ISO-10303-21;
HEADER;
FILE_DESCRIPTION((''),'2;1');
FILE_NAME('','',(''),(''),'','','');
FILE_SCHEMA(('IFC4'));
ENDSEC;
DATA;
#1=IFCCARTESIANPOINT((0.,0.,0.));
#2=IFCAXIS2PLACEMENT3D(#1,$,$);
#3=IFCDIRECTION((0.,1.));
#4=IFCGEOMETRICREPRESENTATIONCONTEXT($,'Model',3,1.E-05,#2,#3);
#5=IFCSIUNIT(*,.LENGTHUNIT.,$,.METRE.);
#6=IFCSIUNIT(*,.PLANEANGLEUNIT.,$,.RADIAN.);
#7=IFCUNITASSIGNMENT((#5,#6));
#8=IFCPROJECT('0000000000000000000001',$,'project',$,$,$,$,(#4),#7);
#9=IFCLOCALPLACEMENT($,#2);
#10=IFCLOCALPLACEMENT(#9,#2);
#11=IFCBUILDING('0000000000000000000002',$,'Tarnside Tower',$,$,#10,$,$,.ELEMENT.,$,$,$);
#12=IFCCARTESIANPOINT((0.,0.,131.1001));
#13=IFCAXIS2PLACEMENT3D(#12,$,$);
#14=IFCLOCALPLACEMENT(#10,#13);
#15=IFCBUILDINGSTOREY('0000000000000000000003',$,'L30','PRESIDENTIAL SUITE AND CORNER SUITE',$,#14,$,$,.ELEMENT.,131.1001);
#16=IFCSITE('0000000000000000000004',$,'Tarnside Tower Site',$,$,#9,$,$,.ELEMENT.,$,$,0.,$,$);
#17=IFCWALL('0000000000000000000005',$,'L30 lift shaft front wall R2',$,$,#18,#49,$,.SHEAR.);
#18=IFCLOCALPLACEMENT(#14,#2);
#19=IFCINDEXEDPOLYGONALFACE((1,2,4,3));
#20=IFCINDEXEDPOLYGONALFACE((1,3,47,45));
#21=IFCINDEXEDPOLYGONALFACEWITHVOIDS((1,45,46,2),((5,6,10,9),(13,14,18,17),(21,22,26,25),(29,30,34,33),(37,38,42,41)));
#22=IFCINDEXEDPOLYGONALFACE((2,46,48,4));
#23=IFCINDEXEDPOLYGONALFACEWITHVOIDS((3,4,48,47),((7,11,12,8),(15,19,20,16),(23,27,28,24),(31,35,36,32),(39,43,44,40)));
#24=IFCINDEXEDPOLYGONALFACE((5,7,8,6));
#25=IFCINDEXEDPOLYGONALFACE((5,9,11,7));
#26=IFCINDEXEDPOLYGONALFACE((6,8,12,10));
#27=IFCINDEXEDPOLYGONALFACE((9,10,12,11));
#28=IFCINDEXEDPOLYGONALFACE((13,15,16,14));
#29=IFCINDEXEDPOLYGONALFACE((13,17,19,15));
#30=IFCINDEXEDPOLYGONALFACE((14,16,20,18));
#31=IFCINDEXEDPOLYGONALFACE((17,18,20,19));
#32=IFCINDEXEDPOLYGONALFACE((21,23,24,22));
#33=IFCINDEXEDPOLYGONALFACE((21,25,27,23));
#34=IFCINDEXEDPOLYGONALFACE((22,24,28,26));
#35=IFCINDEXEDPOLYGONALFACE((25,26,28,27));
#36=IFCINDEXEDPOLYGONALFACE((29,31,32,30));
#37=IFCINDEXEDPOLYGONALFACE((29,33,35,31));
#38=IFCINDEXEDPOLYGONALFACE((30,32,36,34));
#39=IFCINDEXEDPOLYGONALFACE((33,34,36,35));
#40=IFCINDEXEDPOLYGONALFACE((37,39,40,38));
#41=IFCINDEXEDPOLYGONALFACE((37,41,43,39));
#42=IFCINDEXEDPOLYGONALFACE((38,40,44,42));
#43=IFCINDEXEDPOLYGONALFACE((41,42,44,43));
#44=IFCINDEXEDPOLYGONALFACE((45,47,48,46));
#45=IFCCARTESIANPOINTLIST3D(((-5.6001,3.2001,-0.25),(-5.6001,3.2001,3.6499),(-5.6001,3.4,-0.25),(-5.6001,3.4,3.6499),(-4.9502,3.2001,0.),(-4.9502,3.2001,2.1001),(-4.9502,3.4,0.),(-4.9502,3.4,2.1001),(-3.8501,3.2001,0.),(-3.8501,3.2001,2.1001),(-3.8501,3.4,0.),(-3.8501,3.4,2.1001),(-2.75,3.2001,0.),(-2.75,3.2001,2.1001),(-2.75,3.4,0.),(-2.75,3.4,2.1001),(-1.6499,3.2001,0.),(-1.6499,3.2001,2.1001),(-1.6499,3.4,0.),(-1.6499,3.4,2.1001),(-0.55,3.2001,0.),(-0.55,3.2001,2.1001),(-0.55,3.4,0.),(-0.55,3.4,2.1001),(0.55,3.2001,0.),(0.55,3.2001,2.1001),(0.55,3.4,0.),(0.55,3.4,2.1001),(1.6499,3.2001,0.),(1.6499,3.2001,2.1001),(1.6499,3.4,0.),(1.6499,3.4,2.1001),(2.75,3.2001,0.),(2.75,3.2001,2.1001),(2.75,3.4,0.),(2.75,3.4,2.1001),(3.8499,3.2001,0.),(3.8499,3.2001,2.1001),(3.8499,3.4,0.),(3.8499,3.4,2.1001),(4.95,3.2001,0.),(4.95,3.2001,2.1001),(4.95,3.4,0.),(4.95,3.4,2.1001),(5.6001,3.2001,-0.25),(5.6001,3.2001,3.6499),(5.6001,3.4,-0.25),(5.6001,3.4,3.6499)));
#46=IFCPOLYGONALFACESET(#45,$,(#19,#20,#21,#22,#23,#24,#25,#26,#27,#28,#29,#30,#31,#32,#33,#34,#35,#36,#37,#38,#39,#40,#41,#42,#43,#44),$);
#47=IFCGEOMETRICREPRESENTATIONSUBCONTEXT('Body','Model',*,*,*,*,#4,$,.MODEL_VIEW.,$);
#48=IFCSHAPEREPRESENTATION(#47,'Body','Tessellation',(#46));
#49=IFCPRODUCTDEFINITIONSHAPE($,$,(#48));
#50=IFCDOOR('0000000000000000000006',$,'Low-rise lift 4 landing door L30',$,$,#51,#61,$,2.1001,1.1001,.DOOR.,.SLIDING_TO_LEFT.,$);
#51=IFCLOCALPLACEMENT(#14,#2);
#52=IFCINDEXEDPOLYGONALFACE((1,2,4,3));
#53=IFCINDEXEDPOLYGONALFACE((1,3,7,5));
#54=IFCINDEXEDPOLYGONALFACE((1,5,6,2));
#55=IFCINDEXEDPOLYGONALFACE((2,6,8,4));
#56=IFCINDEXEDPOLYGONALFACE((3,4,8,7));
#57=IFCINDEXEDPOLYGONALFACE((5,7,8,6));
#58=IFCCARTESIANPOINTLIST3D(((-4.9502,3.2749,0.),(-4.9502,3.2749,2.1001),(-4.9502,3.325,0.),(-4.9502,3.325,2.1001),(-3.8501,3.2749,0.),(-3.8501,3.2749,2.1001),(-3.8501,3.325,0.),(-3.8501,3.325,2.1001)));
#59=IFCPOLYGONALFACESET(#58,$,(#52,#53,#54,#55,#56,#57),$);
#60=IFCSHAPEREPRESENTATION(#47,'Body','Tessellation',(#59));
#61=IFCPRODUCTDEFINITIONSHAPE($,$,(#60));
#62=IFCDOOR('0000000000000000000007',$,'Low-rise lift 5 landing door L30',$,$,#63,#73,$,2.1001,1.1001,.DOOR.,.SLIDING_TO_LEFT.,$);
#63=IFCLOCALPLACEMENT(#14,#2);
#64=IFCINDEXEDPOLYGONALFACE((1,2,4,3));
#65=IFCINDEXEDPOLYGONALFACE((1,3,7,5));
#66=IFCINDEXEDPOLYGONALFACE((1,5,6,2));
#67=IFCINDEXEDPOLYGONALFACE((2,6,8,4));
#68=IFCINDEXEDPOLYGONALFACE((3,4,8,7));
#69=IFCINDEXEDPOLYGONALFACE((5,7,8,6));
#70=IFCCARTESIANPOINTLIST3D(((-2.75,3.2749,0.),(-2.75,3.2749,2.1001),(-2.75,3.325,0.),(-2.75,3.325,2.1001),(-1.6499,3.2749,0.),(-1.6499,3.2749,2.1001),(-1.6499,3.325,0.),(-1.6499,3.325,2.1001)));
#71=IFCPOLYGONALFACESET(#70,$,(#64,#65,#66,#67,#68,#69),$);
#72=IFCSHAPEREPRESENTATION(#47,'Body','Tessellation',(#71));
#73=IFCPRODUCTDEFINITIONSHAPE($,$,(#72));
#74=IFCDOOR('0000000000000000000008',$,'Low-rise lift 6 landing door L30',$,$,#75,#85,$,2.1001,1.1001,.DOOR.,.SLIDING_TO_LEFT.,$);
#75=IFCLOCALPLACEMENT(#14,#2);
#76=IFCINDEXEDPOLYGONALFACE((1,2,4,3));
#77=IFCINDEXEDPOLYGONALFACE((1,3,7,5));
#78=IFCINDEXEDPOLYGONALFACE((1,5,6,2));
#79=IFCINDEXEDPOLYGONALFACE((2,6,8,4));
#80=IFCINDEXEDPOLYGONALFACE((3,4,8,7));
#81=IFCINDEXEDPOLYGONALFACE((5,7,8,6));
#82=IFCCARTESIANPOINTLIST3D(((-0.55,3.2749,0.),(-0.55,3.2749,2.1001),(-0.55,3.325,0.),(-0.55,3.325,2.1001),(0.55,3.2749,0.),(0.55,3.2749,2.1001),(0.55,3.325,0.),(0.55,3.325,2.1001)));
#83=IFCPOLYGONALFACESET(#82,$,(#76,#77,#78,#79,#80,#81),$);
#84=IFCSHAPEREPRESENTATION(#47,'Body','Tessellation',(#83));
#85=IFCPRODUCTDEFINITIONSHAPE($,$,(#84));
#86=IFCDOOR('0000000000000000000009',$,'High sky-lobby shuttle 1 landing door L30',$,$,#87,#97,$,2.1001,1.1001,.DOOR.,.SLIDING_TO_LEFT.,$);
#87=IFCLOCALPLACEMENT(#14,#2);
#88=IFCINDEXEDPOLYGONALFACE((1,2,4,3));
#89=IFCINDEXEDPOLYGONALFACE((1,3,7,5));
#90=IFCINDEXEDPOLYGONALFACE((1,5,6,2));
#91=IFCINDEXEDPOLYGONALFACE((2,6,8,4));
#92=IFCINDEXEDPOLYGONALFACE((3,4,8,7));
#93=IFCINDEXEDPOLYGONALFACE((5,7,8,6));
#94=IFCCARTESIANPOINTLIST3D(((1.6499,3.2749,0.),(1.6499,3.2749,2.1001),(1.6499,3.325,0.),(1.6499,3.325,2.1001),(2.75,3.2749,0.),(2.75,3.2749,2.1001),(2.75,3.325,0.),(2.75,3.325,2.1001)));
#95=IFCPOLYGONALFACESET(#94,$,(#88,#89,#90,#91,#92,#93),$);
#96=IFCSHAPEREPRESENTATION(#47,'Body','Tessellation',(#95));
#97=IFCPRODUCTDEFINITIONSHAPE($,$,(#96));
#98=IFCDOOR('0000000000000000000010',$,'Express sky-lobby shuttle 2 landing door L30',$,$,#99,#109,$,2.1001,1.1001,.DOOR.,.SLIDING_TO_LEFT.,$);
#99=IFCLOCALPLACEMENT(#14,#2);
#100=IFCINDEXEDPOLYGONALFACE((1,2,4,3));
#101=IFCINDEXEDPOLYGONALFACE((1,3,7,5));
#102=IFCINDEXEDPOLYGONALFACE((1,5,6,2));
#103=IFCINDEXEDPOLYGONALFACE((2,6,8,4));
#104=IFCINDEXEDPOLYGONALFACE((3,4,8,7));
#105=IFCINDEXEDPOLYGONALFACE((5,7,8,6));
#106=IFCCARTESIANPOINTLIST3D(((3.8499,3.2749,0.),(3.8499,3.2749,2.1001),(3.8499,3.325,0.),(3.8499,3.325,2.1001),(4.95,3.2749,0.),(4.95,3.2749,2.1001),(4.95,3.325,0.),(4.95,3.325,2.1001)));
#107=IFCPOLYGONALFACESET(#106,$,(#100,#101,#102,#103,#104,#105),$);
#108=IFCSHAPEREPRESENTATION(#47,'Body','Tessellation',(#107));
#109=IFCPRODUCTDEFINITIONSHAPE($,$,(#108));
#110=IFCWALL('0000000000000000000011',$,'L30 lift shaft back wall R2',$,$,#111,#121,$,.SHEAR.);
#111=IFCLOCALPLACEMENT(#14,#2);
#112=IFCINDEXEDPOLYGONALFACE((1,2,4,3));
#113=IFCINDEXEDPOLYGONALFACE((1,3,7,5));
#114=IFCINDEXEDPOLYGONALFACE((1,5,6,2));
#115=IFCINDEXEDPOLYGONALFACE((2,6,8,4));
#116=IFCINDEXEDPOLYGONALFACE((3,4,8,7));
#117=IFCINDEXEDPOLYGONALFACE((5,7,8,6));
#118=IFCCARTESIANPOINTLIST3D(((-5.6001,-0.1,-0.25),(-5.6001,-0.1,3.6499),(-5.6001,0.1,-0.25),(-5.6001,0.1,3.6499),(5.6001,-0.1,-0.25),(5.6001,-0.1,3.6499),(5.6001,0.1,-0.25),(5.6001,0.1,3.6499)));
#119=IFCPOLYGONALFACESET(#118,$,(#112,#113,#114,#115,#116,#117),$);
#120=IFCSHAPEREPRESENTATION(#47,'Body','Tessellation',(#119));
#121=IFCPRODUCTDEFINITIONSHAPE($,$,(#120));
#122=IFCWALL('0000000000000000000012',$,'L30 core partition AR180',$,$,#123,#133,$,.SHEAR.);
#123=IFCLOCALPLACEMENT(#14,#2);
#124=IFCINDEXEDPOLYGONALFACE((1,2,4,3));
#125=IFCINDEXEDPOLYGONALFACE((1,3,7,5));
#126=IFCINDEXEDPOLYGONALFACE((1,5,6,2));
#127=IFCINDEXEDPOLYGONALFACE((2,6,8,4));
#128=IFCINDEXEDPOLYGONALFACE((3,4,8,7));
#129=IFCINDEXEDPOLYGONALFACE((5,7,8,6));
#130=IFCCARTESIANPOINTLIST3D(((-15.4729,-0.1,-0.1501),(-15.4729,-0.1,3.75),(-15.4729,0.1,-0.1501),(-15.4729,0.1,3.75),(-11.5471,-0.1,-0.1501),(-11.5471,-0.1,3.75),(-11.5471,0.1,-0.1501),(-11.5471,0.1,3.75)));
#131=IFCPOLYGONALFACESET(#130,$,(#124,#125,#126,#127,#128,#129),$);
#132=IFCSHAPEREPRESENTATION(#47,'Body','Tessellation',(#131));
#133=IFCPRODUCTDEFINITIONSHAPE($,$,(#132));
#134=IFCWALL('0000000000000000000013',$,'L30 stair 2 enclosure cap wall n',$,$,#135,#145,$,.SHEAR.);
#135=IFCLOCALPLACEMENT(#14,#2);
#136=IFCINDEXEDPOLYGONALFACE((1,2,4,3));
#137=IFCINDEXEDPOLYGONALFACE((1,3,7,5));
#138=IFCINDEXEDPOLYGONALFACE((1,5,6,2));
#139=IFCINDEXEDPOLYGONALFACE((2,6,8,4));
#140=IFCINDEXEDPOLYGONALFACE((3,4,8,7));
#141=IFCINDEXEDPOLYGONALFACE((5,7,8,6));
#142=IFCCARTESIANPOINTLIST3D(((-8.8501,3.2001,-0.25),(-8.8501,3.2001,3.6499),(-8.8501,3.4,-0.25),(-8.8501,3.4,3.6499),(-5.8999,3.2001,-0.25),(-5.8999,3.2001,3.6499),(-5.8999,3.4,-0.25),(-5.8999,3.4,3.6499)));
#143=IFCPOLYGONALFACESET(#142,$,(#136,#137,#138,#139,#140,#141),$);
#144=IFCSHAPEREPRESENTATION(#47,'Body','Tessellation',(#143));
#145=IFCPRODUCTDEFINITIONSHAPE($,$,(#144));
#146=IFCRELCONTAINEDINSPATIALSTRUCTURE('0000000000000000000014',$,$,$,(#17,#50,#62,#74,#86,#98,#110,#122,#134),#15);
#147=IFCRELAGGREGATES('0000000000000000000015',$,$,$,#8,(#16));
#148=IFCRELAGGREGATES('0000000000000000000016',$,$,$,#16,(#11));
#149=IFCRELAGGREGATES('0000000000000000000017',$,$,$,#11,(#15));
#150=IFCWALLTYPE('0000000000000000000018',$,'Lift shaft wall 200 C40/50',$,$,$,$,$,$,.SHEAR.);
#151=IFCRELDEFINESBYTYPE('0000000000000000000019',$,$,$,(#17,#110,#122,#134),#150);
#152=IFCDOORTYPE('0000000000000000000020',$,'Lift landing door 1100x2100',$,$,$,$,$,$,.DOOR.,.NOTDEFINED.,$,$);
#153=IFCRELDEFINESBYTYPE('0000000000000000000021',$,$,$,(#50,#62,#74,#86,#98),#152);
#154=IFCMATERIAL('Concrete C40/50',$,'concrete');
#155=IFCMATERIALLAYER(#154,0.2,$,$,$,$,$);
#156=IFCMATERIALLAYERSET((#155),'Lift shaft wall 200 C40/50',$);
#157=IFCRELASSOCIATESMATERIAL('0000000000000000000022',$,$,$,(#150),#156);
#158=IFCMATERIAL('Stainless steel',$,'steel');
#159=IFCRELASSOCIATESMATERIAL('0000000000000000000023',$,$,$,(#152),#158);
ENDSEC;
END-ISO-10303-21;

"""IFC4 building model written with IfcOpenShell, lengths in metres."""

from ifc_helpers import new_model, si_unit, direction, frame, frame_2d, origin, place, context, subcontext, project, spatial, rectangle, extrude, material, layer, layer_set, type_object, element, fill, save


model = new_model("IFC4")

# Units and contexts
model_context = context("Model", 3, precision=1e-05, world=origin(), true_north=direction((0.0, 1.0)))
body_context = subcontext(model_context, "Body", "Model", "MODEL_VIEW")
ifc_project = project(units=[si_unit("LENGTHUNIT", "METRE"), si_unit("PLANEANGLEUNIT", "RADIAN")], contexts=[model_context])

# Site, building, storey
site_placement = place(None, origin())
site = spatial("IfcSite", under=ifc_project, at=site_placement, Name="Tarnside Tower Site", CompositionType="ELEMENT", RefElevation=0.0)
building_placement = place(site_placement, origin())
building = spatial("IfcBuilding", under=site, at=building_placement, Name="Tarnside Tower", CompositionType="ELEMENT")
storey_placement = place(building_placement, frame((0.0, 0.0, 131.1001)))
storey = spatial("IfcBuildingStorey", under=building, at=storey_placement, Name="L30", Description="PRESIDENTIAL SUITE AND CORNER SUITE", CompositionType="ELEMENT", Elevation=131.1001)

# Wall, openings, doors
ifc_material_1 = material(Name="Concrete C40/50", Category="concrete")
ifc_layer_1 = layer(ifc_material_1, 0.2)
ifc_layer_set_1 = layer_set([ifc_layer_1], Name="Lift shaft wall 200 C40/50")
wall_type_1 = type_object("IfcWallType", Name="Lift shaft wall 200 C40/50", PredefinedType="SHEAR", material=ifc_layer_set_1)
wall_1_placement = place(storey_placement, frame((-5.6001, 3.3, -0.25), z_axis=(0.0, 0.0, 1.0), x_axis=(1.0, 0.0, 0.0)))
wall_1 = element("IfcWall", 1, at=wall_1_placement, inside=storey, type_object=wall_type_1, Name="L30 lift shaft front wall R2", PredefinedType="SHEAR", context=body_context, shape_type="SweptSolid", body=[
    extrude(rectangle(XDim=11.2002, YDim=0.2, at=frame_2d((5.6001, 0.0))), origin(), (0.0, 0.0, 1.0), 3.8999),
])
opening_1_placement = place(wall_1_placement, frame((0.6499, 0.0, 0.25)))
opening_1 = element("IfcOpeningElement", 2, at=opening_1_placement, cuts=wall_1, PredefinedType="OPENING", context=body_context, shape_type="SweptSolid", body=[
    extrude(rectangle(XDim=1.1001, YDim=2.1001, at=frame_2d((0.55, 1.05))), frame((0.0, 0.1099, 0.0), z_axis=(0.0, -1.0, 0.0), x_axis=(1.0, 0.0, 0.0)), (0.0, 0.0, 1.0), 0.22),
])
opening_2_placement = place(wall_1_placement, frame((2.8501, 0.0, 0.25)))
opening_2 = element("IfcOpeningElement", 3, at=opening_2_placement, cuts=wall_1, PredefinedType="OPENING", context=body_context, shape_type="SweptSolid", body=[
    extrude(rectangle(XDim=1.1001, YDim=2.1001, at=frame_2d((0.55, 1.05))), frame((0.0, 0.1099, 0.0), z_axis=(0.0, -1.0, 0.0), x_axis=(1.0, 0.0, 0.0)), (0.0, 0.0, 1.0), 0.22),
])
opening_3_placement = place(wall_1_placement, frame((5.05, 0.0, 0.25)))
opening_3 = element("IfcOpeningElement", 4, at=opening_3_placement, cuts=wall_1, PredefinedType="OPENING", context=body_context, shape_type="SweptSolid", body=[
    extrude(rectangle(XDim=1.1001, YDim=2.1001, at=frame_2d((0.55, 1.05))), frame((0.0, 0.1099, 0.0), z_axis=(0.0, -1.0, 0.0), x_axis=(1.0, 0.0, 0.0)), (0.0, 0.0, 1.0), 0.22),
])
opening_4_placement = place(wall_1_placement, frame((7.25, 0.0, 0.25)))
opening_4 = element("IfcOpeningElement", 5, at=opening_4_placement, cuts=wall_1, PredefinedType="OPENING", context=body_context, shape_type="SweptSolid", body=[
    extrude(rectangle(XDim=1.1001, YDim=2.1001, at=frame_2d((0.55, 1.05))), frame((0.0, 0.1099, 0.0), z_axis=(0.0, -1.0, 0.0), x_axis=(1.0, 0.0, 0.0)), (0.0, 0.0, 1.0), 0.22),
])
opening_5_placement = place(wall_1_placement, frame((9.45, 0.0, 0.25)))
opening_5 = element("IfcOpeningElement", 6, at=opening_5_placement, cuts=wall_1, PredefinedType="OPENING", context=body_context, shape_type="SweptSolid", body=[
    extrude(rectangle(XDim=1.1001, YDim=2.1001, at=frame_2d((0.55, 1.05))), frame((0.0, 0.1099, 0.0), z_axis=(0.0, -1.0, 0.0), x_axis=(1.0, 0.0, 0.0)), (0.0, 0.0, 1.0), 0.22),
])
ifc_material_2 = material(Name="Stainless steel", Category="steel")
door_type_1 = type_object("IfcDoorType", Name="Lift landing door 1100x2100", OperationType="NOTDEFINED", PredefinedType="DOOR", material=ifc_material_2)
door_1_placement = place(opening_1_placement, origin())
door_1 = element("IfcDoor", 7, at=door_1_placement, inside=storey, type_object=door_type_1, Name="Low-rise lift 4 landing door L30", OperationType="SLIDING_TO_LEFT", OverallHeight=2.1001, OverallWidth=1.1001, PredefinedType="DOOR", context=body_context, shape_type="SweptSolid", body=[
    extrude(rectangle(XDim=1.1001, YDim=2.1001, at=frame_2d((0.55, 1.05))), frame((0.0, 0.0249, 0.0), z_axis=(0.0, -1.0, 0.0), x_axis=(1.0, 0.0, 0.0)), (0.0, 0.0, 1.0), 0.05),
])
fill(opening_1, door_1)
door_2_placement = place(opening_2_placement, origin())
door_2 = element("IfcDoor", 8, at=door_2_placement, inside=storey, type_object=door_type_1, Name="Low-rise lift 5 landing door L30", OperationType="SLIDING_TO_LEFT", OverallHeight=2.1001, OverallWidth=1.1001, PredefinedType="DOOR", context=body_context, shape_type="SweptSolid", body=[
    extrude(rectangle(XDim=1.1001, YDim=2.1001, at=frame_2d((0.55, 1.05))), frame((0.0, 0.0249, 0.0), z_axis=(0.0, -1.0, 0.0), x_axis=(1.0, 0.0, 0.0)), (0.0, 0.0, 1.0), 0.05),
])
fill(opening_2, door_2)
door_3_placement = place(opening_3_placement, origin())
door_3 = element("IfcDoor", 9, at=door_3_placement, inside=storey, type_object=door_type_1, Name="Low-rise lift 6 landing door L30", OperationType="SLIDING_TO_LEFT", OverallHeight=2.1001, OverallWidth=1.1001, PredefinedType="DOOR", context=body_context, shape_type="SweptSolid", body=[
    extrude(rectangle(XDim=1.1001, YDim=2.1001, at=frame_2d((0.55, 1.05))), frame((0.0, 0.0249, 0.0), z_axis=(0.0, -1.0, 0.0), x_axis=(1.0, 0.0, 0.0)), (0.0, 0.0, 1.0), 0.05),
])
fill(opening_3, door_3)
door_4_placement = place(opening_4_placement, origin())
door_4 = element("IfcDoor", 10, at=door_4_placement, inside=storey, type_object=door_type_1, Name="High sky-lobby shuttle 1 landing door L30", OperationType="SLIDING_TO_LEFT", OverallHeight=2.1001, OverallWidth=1.1001, PredefinedType="DOOR", context=body_context, shape_type="SweptSolid", body=[
    extrude(rectangle(XDim=1.1001, YDim=2.1001, at=frame_2d((0.55, 1.05))), frame((0.0, 0.0249, 0.0), z_axis=(0.0, -1.0, 0.0), x_axis=(1.0, 0.0, 0.0)), (0.0, 0.0, 1.0), 0.05),
])
fill(opening_4, door_4)
door_5_placement = place(opening_5_placement, origin())
door_5 = element("IfcDoor", 11, at=door_5_placement, inside=storey, type_object=door_type_1, Name="Express sky-lobby shuttle 2 landing door L30", OperationType="SLIDING_TO_LEFT", OverallHeight=2.1001, OverallWidth=1.1001, PredefinedType="DOOR", context=body_context, shape_type="SweptSolid", body=[
    extrude(rectangle(XDim=1.1001, YDim=2.1001, at=frame_2d((0.55, 1.05))), frame((0.0, 0.0249, 0.0), z_axis=(0.0, -1.0, 0.0), x_axis=(1.0, 0.0, 0.0)), (0.0, 0.0, 1.0), 0.05),
])
fill(opening_5, door_5)

# Walls
wall_2_placement = place(storey_placement, frame((-5.6001, 0.0, -0.25), z_axis=(0.0, 0.0, 1.0), x_axis=(1.0, 0.0, 0.0)))
element("IfcWall", 12, at=wall_2_placement, inside=storey, type_object=wall_type_1, Name="L30 lift shaft back wall R2", PredefinedType="SHEAR", context=body_context, shape_type="SweptSolid", body=[
    extrude(rectangle(XDim=11.2002, YDim=0.2, at=frame_2d((5.6001, 0.0))), origin(), (0.0, 0.0, 1.0), 3.8999),
])
wall_3_placement = place(storey_placement, frame((-11.5471, 0.0, -0.1501), z_axis=(0.0, 0.0, 1.0), x_axis=(-1.0, 0.0, 0.0)))
element("IfcWall", 13, at=wall_3_placement, inside=storey, type_object=wall_type_1, Name="L30 core partition AR180", PredefinedType="SHEAR", context=body_context, shape_type="SweptSolid", body=[
    extrude(rectangle(XDim=3.9258, YDim=0.2, at=frame_2d((1.9629, 0.0))), origin(), (0.0, 0.0, 1.0), 3.9001),
])
wall_4_placement = place(storey_placement, frame((-8.8501, 3.3, -0.25), z_axis=(0.0, 0.0, 1.0), x_axis=(1.0, 0.0, 0.0)))
element("IfcWall", 14, at=wall_4_placement, inside=storey, type_object=wall_type_1, Name="L30 stair 2 enclosure cap wall n", PredefinedType="SHEAR", context=body_context, shape_type="SweptSolid", body=[
    extrude(rectangle(XDim=2.9502, YDim=0.2, at=frame_2d((1.4751, 0.0))), origin(), (0.0, 0.0, 1.0), 3.8999),
])

save(model, "model.ifc")
